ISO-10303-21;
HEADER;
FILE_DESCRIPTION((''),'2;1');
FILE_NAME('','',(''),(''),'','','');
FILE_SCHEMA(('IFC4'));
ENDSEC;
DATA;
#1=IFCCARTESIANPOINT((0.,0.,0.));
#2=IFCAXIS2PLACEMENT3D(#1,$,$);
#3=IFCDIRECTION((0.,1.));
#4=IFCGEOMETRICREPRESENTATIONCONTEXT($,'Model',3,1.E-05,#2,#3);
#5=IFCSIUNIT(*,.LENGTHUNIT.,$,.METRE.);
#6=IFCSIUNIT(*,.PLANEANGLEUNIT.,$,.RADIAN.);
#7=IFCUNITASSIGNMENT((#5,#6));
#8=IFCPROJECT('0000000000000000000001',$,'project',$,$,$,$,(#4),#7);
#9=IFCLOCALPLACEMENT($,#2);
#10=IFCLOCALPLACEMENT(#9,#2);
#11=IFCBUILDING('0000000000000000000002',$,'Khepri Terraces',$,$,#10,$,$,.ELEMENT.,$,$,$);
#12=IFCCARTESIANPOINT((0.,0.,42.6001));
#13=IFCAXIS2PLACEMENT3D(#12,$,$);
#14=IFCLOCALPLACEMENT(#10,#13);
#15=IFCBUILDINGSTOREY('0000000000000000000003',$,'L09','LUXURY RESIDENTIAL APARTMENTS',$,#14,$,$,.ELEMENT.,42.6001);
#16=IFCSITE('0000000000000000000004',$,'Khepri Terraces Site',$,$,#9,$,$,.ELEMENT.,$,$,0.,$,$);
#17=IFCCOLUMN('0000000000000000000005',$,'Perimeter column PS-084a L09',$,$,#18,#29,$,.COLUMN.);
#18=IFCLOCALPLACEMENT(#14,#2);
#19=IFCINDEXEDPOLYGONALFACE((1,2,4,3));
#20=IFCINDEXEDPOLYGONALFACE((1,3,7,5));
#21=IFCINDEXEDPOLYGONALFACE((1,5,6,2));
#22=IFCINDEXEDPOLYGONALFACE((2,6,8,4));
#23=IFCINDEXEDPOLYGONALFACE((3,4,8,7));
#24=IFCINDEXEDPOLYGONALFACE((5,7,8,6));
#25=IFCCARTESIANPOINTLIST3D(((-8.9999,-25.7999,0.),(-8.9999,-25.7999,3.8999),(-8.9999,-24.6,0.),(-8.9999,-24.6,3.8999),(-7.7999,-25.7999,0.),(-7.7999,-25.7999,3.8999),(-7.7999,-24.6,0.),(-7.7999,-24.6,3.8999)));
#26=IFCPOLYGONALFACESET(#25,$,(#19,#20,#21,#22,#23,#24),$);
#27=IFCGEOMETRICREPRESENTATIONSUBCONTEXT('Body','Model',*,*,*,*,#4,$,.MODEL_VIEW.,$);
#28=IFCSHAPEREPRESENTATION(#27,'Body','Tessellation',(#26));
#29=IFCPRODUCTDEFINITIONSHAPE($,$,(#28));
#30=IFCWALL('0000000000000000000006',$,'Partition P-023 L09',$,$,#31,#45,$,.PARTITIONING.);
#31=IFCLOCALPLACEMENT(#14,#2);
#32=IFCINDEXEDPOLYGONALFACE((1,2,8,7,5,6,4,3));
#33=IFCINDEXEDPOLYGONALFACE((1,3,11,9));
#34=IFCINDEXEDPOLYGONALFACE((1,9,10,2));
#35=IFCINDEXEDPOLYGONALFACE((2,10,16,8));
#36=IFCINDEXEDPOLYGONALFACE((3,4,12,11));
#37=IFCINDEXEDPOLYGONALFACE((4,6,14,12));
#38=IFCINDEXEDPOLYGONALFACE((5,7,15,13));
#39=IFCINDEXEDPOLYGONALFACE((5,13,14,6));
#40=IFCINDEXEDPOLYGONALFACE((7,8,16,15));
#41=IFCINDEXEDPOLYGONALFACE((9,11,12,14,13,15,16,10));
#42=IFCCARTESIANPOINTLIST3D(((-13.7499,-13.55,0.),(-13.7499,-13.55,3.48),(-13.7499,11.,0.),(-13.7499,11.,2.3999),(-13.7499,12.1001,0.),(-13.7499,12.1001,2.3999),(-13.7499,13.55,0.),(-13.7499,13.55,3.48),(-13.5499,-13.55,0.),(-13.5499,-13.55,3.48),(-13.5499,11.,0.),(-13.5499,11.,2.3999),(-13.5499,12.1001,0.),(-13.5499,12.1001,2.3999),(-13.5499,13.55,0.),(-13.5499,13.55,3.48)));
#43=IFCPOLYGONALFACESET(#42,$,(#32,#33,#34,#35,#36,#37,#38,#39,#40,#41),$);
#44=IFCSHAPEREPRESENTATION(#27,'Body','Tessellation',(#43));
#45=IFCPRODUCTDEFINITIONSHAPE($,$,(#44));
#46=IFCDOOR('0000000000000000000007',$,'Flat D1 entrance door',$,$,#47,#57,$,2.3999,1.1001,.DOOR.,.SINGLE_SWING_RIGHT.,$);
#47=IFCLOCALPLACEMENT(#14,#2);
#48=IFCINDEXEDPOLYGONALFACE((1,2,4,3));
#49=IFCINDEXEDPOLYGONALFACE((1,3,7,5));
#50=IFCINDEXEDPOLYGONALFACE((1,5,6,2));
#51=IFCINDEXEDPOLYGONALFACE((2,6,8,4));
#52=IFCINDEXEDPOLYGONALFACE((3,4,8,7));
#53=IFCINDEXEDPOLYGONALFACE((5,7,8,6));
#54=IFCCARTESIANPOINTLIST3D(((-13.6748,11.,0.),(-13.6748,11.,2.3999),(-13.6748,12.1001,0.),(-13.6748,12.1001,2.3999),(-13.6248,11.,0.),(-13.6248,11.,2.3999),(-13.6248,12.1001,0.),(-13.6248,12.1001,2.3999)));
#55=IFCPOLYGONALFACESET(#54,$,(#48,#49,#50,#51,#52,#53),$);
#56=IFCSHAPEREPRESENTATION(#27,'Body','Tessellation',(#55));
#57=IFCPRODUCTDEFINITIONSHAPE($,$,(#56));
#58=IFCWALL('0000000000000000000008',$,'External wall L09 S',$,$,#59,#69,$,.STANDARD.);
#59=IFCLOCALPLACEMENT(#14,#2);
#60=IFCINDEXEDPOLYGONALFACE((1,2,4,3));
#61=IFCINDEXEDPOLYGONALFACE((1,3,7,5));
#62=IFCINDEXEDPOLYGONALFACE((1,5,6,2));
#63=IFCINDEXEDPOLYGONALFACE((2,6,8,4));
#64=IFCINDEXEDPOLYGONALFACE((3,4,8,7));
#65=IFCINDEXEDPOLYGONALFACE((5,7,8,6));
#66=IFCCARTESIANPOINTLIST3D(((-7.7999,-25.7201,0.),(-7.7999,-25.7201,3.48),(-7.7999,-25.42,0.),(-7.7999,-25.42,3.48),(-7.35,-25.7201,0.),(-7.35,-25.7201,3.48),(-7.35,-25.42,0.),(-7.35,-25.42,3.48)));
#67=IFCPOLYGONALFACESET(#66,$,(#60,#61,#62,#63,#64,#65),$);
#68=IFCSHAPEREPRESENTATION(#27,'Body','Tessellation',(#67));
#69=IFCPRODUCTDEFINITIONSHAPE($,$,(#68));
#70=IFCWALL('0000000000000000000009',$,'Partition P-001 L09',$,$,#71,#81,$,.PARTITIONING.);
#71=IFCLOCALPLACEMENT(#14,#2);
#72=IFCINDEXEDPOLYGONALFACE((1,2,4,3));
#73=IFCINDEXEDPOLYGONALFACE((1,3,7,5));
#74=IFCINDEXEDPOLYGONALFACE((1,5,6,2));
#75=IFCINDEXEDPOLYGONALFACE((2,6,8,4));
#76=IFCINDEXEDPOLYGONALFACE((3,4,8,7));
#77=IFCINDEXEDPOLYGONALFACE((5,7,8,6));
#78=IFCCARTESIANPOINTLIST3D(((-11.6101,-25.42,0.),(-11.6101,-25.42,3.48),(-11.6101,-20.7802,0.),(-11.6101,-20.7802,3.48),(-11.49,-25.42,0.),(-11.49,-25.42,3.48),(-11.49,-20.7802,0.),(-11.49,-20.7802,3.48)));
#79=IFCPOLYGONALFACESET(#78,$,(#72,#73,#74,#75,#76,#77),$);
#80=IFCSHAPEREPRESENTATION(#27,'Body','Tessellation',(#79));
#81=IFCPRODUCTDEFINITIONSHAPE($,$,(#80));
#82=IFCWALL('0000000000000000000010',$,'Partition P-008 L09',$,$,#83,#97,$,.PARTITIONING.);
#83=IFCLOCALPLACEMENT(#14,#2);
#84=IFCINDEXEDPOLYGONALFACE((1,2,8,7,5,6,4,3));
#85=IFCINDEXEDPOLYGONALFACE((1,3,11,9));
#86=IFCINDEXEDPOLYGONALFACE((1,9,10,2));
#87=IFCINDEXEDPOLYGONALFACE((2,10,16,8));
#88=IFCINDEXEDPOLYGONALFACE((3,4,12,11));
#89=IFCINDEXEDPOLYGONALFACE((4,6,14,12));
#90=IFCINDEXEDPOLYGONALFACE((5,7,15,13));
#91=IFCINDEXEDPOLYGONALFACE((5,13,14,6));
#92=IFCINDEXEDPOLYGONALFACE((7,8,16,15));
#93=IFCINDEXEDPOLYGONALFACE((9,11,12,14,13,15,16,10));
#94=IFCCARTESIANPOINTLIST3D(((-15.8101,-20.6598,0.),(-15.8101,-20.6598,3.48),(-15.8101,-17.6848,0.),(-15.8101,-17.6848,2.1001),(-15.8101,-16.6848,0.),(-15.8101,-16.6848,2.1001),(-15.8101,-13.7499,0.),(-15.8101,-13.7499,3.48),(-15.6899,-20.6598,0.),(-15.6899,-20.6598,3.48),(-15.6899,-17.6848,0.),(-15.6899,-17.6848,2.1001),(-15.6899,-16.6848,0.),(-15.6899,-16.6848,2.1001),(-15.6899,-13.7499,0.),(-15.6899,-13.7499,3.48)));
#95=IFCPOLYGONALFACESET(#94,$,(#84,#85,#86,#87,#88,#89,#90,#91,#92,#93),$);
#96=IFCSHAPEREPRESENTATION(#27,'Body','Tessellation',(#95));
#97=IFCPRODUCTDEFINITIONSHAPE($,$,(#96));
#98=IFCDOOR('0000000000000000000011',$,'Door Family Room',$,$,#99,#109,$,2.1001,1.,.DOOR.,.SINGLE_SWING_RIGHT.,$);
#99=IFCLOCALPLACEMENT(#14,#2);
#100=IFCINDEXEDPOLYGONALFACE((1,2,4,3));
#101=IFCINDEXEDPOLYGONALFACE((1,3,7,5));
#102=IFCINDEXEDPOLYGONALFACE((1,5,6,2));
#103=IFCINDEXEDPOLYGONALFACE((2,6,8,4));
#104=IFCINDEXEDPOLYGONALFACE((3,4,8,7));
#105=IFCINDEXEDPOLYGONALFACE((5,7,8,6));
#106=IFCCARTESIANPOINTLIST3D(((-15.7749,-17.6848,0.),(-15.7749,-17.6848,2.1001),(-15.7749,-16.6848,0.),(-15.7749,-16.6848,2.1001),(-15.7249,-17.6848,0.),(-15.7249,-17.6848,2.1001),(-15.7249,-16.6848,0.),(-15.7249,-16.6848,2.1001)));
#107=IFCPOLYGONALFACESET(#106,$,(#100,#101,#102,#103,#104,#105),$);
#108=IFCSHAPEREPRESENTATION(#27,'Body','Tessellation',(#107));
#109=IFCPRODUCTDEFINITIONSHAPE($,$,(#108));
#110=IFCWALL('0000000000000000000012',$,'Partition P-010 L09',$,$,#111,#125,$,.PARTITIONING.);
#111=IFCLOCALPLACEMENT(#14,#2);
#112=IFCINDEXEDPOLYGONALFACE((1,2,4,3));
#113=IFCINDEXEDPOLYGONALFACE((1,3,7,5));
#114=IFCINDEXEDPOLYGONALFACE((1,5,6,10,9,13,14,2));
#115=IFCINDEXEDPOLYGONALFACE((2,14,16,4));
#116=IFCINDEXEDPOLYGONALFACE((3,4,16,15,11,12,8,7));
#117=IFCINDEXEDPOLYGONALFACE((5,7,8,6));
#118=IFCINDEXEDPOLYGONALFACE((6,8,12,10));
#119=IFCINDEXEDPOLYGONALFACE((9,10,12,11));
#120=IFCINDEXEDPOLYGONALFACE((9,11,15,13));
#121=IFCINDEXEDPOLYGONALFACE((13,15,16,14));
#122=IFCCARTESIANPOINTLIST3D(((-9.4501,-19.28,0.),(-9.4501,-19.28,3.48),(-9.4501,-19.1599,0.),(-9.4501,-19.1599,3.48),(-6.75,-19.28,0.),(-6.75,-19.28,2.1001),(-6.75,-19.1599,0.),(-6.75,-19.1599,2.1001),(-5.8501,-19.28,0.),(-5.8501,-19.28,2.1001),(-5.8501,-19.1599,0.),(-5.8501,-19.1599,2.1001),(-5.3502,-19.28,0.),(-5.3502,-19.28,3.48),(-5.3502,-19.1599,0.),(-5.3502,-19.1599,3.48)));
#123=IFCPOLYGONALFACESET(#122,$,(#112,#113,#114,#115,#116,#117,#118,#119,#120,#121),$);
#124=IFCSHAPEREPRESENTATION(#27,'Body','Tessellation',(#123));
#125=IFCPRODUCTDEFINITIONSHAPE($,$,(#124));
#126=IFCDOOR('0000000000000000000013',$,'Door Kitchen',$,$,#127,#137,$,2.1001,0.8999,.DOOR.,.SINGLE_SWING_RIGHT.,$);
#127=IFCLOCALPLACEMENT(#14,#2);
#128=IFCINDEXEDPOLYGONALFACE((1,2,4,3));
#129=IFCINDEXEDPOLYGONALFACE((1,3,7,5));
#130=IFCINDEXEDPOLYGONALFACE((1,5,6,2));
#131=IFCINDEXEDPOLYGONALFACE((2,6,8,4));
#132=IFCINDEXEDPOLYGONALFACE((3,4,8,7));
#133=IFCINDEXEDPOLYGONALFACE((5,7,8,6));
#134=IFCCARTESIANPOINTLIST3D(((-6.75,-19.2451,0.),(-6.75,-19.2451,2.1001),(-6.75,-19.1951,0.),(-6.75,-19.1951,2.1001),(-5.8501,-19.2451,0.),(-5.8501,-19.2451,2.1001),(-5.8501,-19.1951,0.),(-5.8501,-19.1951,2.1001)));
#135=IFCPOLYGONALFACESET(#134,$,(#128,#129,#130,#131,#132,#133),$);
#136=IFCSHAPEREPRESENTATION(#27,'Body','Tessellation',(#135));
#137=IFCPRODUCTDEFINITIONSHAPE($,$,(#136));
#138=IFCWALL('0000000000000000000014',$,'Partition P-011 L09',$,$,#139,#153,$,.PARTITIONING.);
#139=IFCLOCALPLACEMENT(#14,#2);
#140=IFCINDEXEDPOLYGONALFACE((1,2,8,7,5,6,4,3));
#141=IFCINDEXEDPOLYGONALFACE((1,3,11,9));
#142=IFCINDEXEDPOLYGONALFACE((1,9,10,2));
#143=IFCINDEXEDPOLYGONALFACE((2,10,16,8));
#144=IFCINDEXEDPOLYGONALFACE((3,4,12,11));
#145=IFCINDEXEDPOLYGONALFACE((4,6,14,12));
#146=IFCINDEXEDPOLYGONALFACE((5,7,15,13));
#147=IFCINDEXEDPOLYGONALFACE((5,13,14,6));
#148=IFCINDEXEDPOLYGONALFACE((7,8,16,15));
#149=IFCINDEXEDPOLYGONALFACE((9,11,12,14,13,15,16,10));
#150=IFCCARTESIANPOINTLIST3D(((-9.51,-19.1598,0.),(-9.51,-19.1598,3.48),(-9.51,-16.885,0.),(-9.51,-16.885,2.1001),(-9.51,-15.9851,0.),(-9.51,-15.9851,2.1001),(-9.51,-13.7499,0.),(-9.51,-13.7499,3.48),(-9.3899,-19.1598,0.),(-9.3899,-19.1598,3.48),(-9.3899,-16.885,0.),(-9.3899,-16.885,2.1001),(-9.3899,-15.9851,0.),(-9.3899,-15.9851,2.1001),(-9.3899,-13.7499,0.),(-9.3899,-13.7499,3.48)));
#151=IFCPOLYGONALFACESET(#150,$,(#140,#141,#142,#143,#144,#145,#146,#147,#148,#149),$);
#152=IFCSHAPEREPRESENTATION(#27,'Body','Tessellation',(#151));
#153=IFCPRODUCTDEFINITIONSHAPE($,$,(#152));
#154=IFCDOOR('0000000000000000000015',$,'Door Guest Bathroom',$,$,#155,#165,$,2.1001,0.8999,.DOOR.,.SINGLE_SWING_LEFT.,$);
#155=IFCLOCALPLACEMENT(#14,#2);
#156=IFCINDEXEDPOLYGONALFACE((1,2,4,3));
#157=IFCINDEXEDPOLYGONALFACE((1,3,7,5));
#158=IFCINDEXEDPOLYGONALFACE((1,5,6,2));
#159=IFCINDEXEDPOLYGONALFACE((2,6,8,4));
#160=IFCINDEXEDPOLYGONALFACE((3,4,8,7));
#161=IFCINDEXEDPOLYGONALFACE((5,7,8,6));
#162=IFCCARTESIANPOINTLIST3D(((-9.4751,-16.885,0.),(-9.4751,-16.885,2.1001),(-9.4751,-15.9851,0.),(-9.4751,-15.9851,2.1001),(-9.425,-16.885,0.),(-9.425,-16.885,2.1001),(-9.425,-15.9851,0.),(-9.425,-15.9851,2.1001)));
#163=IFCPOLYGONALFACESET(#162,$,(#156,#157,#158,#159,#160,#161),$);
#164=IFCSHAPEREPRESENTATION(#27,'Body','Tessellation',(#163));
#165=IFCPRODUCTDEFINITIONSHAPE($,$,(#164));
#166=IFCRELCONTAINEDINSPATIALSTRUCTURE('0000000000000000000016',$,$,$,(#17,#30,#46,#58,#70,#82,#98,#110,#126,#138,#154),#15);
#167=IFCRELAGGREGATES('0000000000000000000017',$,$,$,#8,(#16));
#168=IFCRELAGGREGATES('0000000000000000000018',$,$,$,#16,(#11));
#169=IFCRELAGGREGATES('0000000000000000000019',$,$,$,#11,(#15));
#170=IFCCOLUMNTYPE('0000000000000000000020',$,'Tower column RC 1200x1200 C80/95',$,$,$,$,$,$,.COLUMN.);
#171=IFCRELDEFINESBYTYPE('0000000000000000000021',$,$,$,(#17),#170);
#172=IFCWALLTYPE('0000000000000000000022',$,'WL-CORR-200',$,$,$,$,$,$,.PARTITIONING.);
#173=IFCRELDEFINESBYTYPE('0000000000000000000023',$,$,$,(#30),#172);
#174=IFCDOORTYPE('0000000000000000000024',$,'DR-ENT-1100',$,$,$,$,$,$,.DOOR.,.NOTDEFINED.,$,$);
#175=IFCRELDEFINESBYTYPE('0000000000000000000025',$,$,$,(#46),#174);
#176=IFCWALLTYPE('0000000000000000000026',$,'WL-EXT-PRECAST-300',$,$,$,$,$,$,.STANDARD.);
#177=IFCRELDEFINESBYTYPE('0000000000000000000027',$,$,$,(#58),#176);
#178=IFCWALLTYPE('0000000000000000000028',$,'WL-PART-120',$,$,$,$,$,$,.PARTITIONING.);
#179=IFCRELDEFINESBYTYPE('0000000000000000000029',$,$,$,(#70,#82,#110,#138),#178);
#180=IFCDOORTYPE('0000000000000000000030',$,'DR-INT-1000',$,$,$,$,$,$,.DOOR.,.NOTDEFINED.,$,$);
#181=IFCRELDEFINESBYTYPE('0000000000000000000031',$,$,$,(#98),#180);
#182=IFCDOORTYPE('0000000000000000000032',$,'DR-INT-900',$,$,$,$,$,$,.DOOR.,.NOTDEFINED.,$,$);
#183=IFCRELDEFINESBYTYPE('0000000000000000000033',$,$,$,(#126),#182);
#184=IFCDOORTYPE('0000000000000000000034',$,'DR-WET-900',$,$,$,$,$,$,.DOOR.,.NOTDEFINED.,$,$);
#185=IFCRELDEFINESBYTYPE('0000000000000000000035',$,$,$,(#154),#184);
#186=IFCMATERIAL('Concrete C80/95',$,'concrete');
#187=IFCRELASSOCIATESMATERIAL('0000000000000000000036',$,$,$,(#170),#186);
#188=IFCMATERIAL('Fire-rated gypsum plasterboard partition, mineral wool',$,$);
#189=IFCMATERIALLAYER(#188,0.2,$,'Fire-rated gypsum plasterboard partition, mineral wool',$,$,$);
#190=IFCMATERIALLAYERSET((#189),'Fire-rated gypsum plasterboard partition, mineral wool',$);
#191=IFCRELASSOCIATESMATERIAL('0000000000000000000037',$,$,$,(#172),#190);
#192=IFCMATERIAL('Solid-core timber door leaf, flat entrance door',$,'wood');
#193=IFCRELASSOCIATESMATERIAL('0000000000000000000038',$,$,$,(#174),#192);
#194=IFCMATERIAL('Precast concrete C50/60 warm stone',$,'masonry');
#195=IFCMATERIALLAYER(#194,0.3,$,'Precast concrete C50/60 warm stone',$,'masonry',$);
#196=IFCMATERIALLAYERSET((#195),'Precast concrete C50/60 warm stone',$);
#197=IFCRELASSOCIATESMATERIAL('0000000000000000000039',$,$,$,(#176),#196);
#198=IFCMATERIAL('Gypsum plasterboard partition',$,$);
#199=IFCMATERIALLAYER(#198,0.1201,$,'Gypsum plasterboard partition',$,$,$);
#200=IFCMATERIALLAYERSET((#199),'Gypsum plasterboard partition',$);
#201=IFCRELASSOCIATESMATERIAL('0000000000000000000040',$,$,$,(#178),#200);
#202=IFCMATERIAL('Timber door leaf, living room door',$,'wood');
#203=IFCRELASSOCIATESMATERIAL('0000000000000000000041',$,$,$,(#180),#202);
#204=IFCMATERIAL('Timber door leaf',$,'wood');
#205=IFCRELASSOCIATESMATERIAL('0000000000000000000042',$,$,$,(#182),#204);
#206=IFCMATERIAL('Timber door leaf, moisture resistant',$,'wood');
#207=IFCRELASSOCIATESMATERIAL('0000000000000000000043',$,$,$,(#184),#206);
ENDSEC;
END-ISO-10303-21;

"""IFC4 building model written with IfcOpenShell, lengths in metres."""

from ifc_helpers import new_model, si_unit, direction, frame, frame_2d, origin, origin_2d, place, context, subcontext, project, spatial, rectangle, extrude, material, layer, layer_set, material_profile, profile_set, type_object, element, fill, save


model = new_model("IFC4")

# Units and contexts
model_context = context("Model", 3, precision=1e-05, world=origin(), true_north=direction((0.0, 1.0)))
body_context = subcontext(model_context, "Body", "Model", "MODEL_VIEW")
ifc_project = project(units=[si_unit("LENGTHUNIT", "METRE"), si_unit("PLANEANGLEUNIT", "RADIAN")], contexts=[model_context])

# Site, building, storey
site_placement = place(None, origin())
site = spatial("IfcSite", under=ifc_project, at=site_placement, Name="Khepri Terraces Site", CompositionType="ELEMENT", RefElevation=0.0)
building_placement = place(site_placement, origin())
building = spatial("IfcBuilding", under=site, at=building_placement, Name="Khepri Terraces", CompositionType="ELEMENT")
storey_placement = place(building_placement, frame((0.0, 0.0, 42.6001)))
storey = spatial("IfcBuildingStorey", under=building, at=storey_placement, Name="L09", Description="LUXURY RESIDENTIAL APARTMENTS", CompositionType="ELEMENT", Elevation=42.6001)

# Column
ifc_material_1 = material(Name="Concrete C80/95", Category="concrete")
ifc_material_profile = material_profile(ifc_material_1, rectangle(XDim=1.2, YDim=1.2, at=origin_2d()), Name="Concrete C80/95", Category="concrete")
ifc_profile_set = profile_set([ifc_material_profile], Name="Concrete C80/95")
column_type = type_object("IfcColumnType", Name="Tower column RC 1200x1200 C80/95", PredefinedType="COLUMN", material=ifc_profile_set)
column_placement = place(storey_placement, frame((-8.3999, -25.2, 0.0), z_axis=(0.0, 0.0, 1.0), x_axis=(1.0, 0.0, 0.0)))
element("IfcColumn", 1, at=column_placement, inside=storey, type_object=column_type, Name="Perimeter column PS-084a L09", PredefinedType="COLUMN", context=body_context, shape_type="SweptSolid", body=[
    extrude(rectangle(XDim=1.2, YDim=1.2, at=origin_2d()), origin(), (0.0, 0.0, 1.0), 3.8999),
])

# Wall, opening, door
ifc_material_2 = material(Name="Fire-rated gypsum plasterboard partition, mineral wool")
ifc_layer_1 = layer(ifc_material_2, 0.2, Name="Fire-rated gypsum plasterboard partition, mineral wool")
ifc_layer_set_1 = layer_set([ifc_layer_1], Name="Fire-rated gypsum plasterboard partition, mineral wool")
wall_type_1 = type_object("IfcWallType", Name="WL-CORR-200", PredefinedType="PARTITIONING", material=ifc_layer_set_1)
wall_1_placement = place(storey_placement, frame((-13.6499, -13.55, 0.0), z_axis=(0.0, 0.0, 1.0), x_axis=(0.0, 1.0, 0.0)))
wall_1 = element("IfcWall", 2, at=wall_1_placement, inside=storey, type_object=wall_type_1, Name="Partition P-023 L09", PredefinedType="PARTITIONING", context=body_context, shape_type="SweptSolid", body=[
    extrude(rectangle(XDim=27.1001, YDim=0.2, at=frame_2d((13.55, 0.0))), origin(), (0.0, 0.0, 1.0), 3.48),
])
opening_1_placement = place(wall_1_placement, frame((24.55, 0.0, 0.0)))
opening_1 = element("IfcOpeningElement", 3, at=opening_1_placement, cuts=wall_1, PredefinedType="OPENING", context=body_context, shape_type="SweptSolid", body=[
    extrude(rectangle(XDim=1.1001, YDim=2.3999, at=frame_2d((0.55, 1.2))), frame((0.0, 0.1099, 0.0), z_axis=(0.0, -1.0, 0.0), x_axis=(1.0, 0.0, 0.0)), (0.0, 0.0, 1.0), 0.22),
])
ifc_material_3 = material(Name="Solid-core timber door leaf, flat entrance door", Category="wood")
door_type_1 = type_object("IfcDoorType", Name="DR-ENT-1100", OperationType="NOTDEFINED", PredefinedType="DOOR", material=ifc_material_3)
door_1_placement = place(opening_1_placement, origin())
door_1 = element("IfcDoor", 4, at=door_1_placement, inside=storey, type_object=door_type_1, Name="Flat D1 entrance door", OperationType="SINGLE_SWING_RIGHT", OverallHeight=2.3999, OverallWidth=1.1001, PredefinedType="DOOR", context=body_context, shape_type="SweptSolid", body=[
    extrude(rectangle(XDim=1.1001, YDim=2.3999, at=frame_2d((0.55, 1.2))), frame((0.0, 0.0249, 0.0), z_axis=(0.0, -1.0, 0.0), x_axis=(1.0, 0.0, 0.0)), (0.0, 0.0, 1.0), 0.05),
])
fill(opening_1, door_1)

# Shared definitions
ifc_material_4 = material(Name="Precast concrete C50/60 warm stone", Category="masonry")
ifc_layer_2 = layer(ifc_material_4, 0.3, Name="Precast concrete C50/60 warm stone", Category="masonry")
ifc_layer_set_2 = layer_set([ifc_layer_2], Name="Precast concrete C50/60 warm stone")
wall_type_2 = type_object("IfcWallType", Name="WL-EXT-PRECAST-300", PredefinedType="STANDARD", material=ifc_layer_set_2)

# Walls
wall_2_placement = place(storey_placement, frame((-7.8, -25.5701, 0.0), z_axis=(0.0, 0.0, 1.0), x_axis=(1.0, 0.0, 0.0)))
element("IfcWall", 5, at=wall_2_placement, inside=storey, type_object=wall_type_2, Name="External wall L09 S", PredefinedType="STANDARD", context=body_context, shape_type="SweptSolid", body=[
    extrude(rectangle(XDim=0.45, YDim=0.3, at=frame_2d((0.2251, 0.0))), origin(), (0.0, 0.0, 1.0), 3.48),
])
ifc_material_5 = material(Name="Gypsum plasterboard partition")
ifc_layer_3 = layer(ifc_material_5, 0.1201, Name="Gypsum plasterboard partition")
ifc_layer_set_3 = layer_set([ifc_layer_3], Name="Gypsum plasterboard partition")
wall_type_3 = type_object("IfcWallType", Name="WL-PART-120", PredefinedType="PARTITIONING", material=ifc_layer_set_3)
wall_3_placement = place(storey_placement, frame((-11.55, -25.4199, 0.0), z_axis=(0.0, 0.0, 1.0), x_axis=(0.0, 1.0, 0.0)))
element("IfcWall", 6, at=wall_3_placement, inside=storey, type_object=wall_type_3, Name="Partition P-001 L09", PredefinedType="PARTITIONING", context=body_context, shape_type="SweptSolid", body=[
    extrude(rectangle(XDim=4.6399, YDim=0.1201, at=frame_2d((2.3198, 0.0))), origin(), (0.0, 0.0, 1.0), 3.48),
])

# Walls, openings, doors
wall_4_placement = place(storey_placement, frame((-15.75, -20.6599, 0.0), z_axis=(0.0, 0.0, 1.0), x_axis=(0.0, 1.0, 0.0)))
wall_4 = element("IfcWall", 7, at=wall_4_placement, inside=storey, type_object=wall_type_3, Name="Partition P-008 L09", PredefinedType="PARTITIONING", context=body_context, shape_type="SweptSolid", body=[
    extrude(rectangle(XDim=6.9099, YDim=0.1201, at=frame_2d((3.4551, 0.0))), origin(), (0.0, 0.0, 1.0), 3.48),
])
opening_2_placement = place(wall_4_placement, frame((2.9751, 0.0, 0.0)))
opening_2 = element("IfcOpeningElement", 8, at=opening_2_placement, cuts=wall_4, PredefinedType="OPENING", context=body_context, shape_type="SweptSolid", body=[
    extrude(rectangle(XDim=1.0, YDim=2.1001, at=frame_2d((0.5, 1.05))), frame((0.0, 0.0701, 0.0), z_axis=(0.0, -1.0, 0.0), x_axis=(1.0, 0.0, 0.0)), (0.0, 0.0, 1.0), 0.1401),
])
ifc_material_6 = material(Name="Timber door leaf, living room door", Category="wood")
door_type_2 = type_object("IfcDoorType", Name="DR-INT-1000", OperationType="NOTDEFINED", PredefinedType="DOOR", material=ifc_material_6)
door_2_placement = place(opening_2_placement, origin())
door_2 = element("IfcDoor", 9, at=door_2_placement, inside=storey, type_object=door_type_2, Name="Door Family Room", OperationType="SINGLE_SWING_RIGHT", OverallHeight=2.1001, OverallWidth=1.0, PredefinedType="DOOR", context=body_context, shape_type="SweptSolid", body=[
    extrude(rectangle(XDim=1.0, YDim=2.1001, at=frame_2d((0.5, 1.05))), frame((0.0, 0.0249, 0.0), z_axis=(0.0, -1.0, 0.0), x_axis=(1.0, 0.0, 0.0)), (0.0, 0.0, 1.0), 0.05),
])
fill(opening_2, door_2)
wall_5_placement = place(storey_placement, frame((-9.45, -19.22, 0.0), z_axis=(0.0, 0.0, 1.0), x_axis=(1.0, 0.0, 0.0)))
wall_5 = element("IfcWall", 10, at=wall_5_placement, inside=storey, type_object=wall_type_3, Name="Partition P-010 L09", PredefinedType="PARTITIONING", context=body_context, shape_type="SweptSolid", body=[
    extrude(rectangle(XDim=4.0999, YDim=0.1201, at=frame_2d((2.0498, 0.0))), origin(), (0.0, 0.0, 1.0), 3.48),
])
opening_3_placement = place(wall_5_placement, frame((2.7, 0.0, 0.0)))
opening_3 = element("IfcOpeningElement", 11, at=opening_3_placement, cuts=wall_5, PredefinedType="OPENING", context=body_context, shape_type="SweptSolid", body=[
    extrude(rectangle(XDim=0.8999, YDim=2.1001, at=frame_2d((0.45, 1.05))), frame((0.0, 0.0701, 0.0), z_axis=(0.0, -1.0, 0.0), x_axis=(1.0, 0.0, 0.0)), (0.0, 0.0, 1.0), 0.1401),
])
ifc_material_7 = material(Name="Timber door leaf", Category="wood")
door_type_3 = type_object("IfcDoorType", Name="DR-INT-900", OperationType="NOTDEFINED", PredefinedType="DOOR", material=ifc_material_7)
door_3_placement = place(opening_3_placement, origin())
door_3 = element("IfcDoor", 12, at=door_3_placement, inside=storey, type_object=door_type_3, Name="Door Kitchen", OperationType="SINGLE_SWING_RIGHT", OverallHeight=2.1001, OverallWidth=0.8999, PredefinedType="DOOR", context=body_context, shape_type="SweptSolid", body=[
    extrude(rectangle(XDim=0.8999, YDim=2.1001, at=frame_2d((0.45, 1.05))), frame((0.0, 0.0249, 0.0), z_axis=(0.0, -1.0, 0.0), x_axis=(1.0, 0.0, 0.0)), (0.0, 0.0, 1.0), 0.05),
])
fill(opening_3, door_3)
wall_6_placement = place(storey_placement, frame((-9.45, -19.1599, 0.0), z_axis=(0.0, 0.0, 1.0), x_axis=(0.0, 1.0, 0.0)))
wall_6 = element("IfcWall", 13, at=wall_6_placement, inside=storey, type_object=wall_type_3, Name="Partition P-011 L09", PredefinedType="PARTITIONING", context=body_context, shape_type="SweptSolid", body=[
    extrude(rectangle(XDim=5.4099, YDim=0.1201, at=frame_2d((2.7051, 0.0))), origin(), (0.0, 0.0, 1.0), 3.48),
])
opening_4_placement = place(wall_6_placement, frame((2.2749, 0.0, 0.0)))
opening_4 = element("IfcOpeningElement", 14, at=opening_4_placement, cuts=wall_6, PredefinedType="OPENING", context=body_context, shape_type="SweptSolid", body=[
    extrude(rectangle(XDim=0.8999, YDim=2.1001, at=frame_2d((0.45, 1.05))), frame((0.0, 0.0701, 0.0), z_axis=(0.0, -1.0, 0.0), x_axis=(1.0, 0.0, 0.0)), (0.0, 0.0, 1.0), 0.1401),
])
ifc_material_8 = material(Name="Timber door leaf, moisture resistant", Category="wood")
door_type_4 = type_object("IfcDoorType", Name="DR-WET-900", OperationType="NOTDEFINED", PredefinedType="DOOR", material=ifc_material_8)
door_4_placement = place(opening_4_placement, frame((0.8999, 0.0, 0.0), z_axis=(0.0, 0.0, 1.0), x_axis=(-1.0, 0.0, 0.0)))
door_4 = element("IfcDoor", 15, at=door_4_placement, inside=storey, type_object=door_type_4, Name="Door Guest Bathroom", OperationType="SINGLE_SWING_LEFT", OverallHeight=2.1001, OverallWidth=0.8999, PredefinedType="DOOR", context=body_context, shape_type="SweptSolid", body=[
    extrude(rectangle(XDim=0.8999, YDim=2.1001, at=frame_2d((0.45, 1.05))), frame((0.0, 0.0249, 0.0), z_axis=(0.0, -1.0, 0.0), x_axis=(1.0, 0.0, 0.0)), (0.0, 0.0, 1.0), 0.05),
])
fill(opening_4, door_4)

save(model, "model.ifc")
